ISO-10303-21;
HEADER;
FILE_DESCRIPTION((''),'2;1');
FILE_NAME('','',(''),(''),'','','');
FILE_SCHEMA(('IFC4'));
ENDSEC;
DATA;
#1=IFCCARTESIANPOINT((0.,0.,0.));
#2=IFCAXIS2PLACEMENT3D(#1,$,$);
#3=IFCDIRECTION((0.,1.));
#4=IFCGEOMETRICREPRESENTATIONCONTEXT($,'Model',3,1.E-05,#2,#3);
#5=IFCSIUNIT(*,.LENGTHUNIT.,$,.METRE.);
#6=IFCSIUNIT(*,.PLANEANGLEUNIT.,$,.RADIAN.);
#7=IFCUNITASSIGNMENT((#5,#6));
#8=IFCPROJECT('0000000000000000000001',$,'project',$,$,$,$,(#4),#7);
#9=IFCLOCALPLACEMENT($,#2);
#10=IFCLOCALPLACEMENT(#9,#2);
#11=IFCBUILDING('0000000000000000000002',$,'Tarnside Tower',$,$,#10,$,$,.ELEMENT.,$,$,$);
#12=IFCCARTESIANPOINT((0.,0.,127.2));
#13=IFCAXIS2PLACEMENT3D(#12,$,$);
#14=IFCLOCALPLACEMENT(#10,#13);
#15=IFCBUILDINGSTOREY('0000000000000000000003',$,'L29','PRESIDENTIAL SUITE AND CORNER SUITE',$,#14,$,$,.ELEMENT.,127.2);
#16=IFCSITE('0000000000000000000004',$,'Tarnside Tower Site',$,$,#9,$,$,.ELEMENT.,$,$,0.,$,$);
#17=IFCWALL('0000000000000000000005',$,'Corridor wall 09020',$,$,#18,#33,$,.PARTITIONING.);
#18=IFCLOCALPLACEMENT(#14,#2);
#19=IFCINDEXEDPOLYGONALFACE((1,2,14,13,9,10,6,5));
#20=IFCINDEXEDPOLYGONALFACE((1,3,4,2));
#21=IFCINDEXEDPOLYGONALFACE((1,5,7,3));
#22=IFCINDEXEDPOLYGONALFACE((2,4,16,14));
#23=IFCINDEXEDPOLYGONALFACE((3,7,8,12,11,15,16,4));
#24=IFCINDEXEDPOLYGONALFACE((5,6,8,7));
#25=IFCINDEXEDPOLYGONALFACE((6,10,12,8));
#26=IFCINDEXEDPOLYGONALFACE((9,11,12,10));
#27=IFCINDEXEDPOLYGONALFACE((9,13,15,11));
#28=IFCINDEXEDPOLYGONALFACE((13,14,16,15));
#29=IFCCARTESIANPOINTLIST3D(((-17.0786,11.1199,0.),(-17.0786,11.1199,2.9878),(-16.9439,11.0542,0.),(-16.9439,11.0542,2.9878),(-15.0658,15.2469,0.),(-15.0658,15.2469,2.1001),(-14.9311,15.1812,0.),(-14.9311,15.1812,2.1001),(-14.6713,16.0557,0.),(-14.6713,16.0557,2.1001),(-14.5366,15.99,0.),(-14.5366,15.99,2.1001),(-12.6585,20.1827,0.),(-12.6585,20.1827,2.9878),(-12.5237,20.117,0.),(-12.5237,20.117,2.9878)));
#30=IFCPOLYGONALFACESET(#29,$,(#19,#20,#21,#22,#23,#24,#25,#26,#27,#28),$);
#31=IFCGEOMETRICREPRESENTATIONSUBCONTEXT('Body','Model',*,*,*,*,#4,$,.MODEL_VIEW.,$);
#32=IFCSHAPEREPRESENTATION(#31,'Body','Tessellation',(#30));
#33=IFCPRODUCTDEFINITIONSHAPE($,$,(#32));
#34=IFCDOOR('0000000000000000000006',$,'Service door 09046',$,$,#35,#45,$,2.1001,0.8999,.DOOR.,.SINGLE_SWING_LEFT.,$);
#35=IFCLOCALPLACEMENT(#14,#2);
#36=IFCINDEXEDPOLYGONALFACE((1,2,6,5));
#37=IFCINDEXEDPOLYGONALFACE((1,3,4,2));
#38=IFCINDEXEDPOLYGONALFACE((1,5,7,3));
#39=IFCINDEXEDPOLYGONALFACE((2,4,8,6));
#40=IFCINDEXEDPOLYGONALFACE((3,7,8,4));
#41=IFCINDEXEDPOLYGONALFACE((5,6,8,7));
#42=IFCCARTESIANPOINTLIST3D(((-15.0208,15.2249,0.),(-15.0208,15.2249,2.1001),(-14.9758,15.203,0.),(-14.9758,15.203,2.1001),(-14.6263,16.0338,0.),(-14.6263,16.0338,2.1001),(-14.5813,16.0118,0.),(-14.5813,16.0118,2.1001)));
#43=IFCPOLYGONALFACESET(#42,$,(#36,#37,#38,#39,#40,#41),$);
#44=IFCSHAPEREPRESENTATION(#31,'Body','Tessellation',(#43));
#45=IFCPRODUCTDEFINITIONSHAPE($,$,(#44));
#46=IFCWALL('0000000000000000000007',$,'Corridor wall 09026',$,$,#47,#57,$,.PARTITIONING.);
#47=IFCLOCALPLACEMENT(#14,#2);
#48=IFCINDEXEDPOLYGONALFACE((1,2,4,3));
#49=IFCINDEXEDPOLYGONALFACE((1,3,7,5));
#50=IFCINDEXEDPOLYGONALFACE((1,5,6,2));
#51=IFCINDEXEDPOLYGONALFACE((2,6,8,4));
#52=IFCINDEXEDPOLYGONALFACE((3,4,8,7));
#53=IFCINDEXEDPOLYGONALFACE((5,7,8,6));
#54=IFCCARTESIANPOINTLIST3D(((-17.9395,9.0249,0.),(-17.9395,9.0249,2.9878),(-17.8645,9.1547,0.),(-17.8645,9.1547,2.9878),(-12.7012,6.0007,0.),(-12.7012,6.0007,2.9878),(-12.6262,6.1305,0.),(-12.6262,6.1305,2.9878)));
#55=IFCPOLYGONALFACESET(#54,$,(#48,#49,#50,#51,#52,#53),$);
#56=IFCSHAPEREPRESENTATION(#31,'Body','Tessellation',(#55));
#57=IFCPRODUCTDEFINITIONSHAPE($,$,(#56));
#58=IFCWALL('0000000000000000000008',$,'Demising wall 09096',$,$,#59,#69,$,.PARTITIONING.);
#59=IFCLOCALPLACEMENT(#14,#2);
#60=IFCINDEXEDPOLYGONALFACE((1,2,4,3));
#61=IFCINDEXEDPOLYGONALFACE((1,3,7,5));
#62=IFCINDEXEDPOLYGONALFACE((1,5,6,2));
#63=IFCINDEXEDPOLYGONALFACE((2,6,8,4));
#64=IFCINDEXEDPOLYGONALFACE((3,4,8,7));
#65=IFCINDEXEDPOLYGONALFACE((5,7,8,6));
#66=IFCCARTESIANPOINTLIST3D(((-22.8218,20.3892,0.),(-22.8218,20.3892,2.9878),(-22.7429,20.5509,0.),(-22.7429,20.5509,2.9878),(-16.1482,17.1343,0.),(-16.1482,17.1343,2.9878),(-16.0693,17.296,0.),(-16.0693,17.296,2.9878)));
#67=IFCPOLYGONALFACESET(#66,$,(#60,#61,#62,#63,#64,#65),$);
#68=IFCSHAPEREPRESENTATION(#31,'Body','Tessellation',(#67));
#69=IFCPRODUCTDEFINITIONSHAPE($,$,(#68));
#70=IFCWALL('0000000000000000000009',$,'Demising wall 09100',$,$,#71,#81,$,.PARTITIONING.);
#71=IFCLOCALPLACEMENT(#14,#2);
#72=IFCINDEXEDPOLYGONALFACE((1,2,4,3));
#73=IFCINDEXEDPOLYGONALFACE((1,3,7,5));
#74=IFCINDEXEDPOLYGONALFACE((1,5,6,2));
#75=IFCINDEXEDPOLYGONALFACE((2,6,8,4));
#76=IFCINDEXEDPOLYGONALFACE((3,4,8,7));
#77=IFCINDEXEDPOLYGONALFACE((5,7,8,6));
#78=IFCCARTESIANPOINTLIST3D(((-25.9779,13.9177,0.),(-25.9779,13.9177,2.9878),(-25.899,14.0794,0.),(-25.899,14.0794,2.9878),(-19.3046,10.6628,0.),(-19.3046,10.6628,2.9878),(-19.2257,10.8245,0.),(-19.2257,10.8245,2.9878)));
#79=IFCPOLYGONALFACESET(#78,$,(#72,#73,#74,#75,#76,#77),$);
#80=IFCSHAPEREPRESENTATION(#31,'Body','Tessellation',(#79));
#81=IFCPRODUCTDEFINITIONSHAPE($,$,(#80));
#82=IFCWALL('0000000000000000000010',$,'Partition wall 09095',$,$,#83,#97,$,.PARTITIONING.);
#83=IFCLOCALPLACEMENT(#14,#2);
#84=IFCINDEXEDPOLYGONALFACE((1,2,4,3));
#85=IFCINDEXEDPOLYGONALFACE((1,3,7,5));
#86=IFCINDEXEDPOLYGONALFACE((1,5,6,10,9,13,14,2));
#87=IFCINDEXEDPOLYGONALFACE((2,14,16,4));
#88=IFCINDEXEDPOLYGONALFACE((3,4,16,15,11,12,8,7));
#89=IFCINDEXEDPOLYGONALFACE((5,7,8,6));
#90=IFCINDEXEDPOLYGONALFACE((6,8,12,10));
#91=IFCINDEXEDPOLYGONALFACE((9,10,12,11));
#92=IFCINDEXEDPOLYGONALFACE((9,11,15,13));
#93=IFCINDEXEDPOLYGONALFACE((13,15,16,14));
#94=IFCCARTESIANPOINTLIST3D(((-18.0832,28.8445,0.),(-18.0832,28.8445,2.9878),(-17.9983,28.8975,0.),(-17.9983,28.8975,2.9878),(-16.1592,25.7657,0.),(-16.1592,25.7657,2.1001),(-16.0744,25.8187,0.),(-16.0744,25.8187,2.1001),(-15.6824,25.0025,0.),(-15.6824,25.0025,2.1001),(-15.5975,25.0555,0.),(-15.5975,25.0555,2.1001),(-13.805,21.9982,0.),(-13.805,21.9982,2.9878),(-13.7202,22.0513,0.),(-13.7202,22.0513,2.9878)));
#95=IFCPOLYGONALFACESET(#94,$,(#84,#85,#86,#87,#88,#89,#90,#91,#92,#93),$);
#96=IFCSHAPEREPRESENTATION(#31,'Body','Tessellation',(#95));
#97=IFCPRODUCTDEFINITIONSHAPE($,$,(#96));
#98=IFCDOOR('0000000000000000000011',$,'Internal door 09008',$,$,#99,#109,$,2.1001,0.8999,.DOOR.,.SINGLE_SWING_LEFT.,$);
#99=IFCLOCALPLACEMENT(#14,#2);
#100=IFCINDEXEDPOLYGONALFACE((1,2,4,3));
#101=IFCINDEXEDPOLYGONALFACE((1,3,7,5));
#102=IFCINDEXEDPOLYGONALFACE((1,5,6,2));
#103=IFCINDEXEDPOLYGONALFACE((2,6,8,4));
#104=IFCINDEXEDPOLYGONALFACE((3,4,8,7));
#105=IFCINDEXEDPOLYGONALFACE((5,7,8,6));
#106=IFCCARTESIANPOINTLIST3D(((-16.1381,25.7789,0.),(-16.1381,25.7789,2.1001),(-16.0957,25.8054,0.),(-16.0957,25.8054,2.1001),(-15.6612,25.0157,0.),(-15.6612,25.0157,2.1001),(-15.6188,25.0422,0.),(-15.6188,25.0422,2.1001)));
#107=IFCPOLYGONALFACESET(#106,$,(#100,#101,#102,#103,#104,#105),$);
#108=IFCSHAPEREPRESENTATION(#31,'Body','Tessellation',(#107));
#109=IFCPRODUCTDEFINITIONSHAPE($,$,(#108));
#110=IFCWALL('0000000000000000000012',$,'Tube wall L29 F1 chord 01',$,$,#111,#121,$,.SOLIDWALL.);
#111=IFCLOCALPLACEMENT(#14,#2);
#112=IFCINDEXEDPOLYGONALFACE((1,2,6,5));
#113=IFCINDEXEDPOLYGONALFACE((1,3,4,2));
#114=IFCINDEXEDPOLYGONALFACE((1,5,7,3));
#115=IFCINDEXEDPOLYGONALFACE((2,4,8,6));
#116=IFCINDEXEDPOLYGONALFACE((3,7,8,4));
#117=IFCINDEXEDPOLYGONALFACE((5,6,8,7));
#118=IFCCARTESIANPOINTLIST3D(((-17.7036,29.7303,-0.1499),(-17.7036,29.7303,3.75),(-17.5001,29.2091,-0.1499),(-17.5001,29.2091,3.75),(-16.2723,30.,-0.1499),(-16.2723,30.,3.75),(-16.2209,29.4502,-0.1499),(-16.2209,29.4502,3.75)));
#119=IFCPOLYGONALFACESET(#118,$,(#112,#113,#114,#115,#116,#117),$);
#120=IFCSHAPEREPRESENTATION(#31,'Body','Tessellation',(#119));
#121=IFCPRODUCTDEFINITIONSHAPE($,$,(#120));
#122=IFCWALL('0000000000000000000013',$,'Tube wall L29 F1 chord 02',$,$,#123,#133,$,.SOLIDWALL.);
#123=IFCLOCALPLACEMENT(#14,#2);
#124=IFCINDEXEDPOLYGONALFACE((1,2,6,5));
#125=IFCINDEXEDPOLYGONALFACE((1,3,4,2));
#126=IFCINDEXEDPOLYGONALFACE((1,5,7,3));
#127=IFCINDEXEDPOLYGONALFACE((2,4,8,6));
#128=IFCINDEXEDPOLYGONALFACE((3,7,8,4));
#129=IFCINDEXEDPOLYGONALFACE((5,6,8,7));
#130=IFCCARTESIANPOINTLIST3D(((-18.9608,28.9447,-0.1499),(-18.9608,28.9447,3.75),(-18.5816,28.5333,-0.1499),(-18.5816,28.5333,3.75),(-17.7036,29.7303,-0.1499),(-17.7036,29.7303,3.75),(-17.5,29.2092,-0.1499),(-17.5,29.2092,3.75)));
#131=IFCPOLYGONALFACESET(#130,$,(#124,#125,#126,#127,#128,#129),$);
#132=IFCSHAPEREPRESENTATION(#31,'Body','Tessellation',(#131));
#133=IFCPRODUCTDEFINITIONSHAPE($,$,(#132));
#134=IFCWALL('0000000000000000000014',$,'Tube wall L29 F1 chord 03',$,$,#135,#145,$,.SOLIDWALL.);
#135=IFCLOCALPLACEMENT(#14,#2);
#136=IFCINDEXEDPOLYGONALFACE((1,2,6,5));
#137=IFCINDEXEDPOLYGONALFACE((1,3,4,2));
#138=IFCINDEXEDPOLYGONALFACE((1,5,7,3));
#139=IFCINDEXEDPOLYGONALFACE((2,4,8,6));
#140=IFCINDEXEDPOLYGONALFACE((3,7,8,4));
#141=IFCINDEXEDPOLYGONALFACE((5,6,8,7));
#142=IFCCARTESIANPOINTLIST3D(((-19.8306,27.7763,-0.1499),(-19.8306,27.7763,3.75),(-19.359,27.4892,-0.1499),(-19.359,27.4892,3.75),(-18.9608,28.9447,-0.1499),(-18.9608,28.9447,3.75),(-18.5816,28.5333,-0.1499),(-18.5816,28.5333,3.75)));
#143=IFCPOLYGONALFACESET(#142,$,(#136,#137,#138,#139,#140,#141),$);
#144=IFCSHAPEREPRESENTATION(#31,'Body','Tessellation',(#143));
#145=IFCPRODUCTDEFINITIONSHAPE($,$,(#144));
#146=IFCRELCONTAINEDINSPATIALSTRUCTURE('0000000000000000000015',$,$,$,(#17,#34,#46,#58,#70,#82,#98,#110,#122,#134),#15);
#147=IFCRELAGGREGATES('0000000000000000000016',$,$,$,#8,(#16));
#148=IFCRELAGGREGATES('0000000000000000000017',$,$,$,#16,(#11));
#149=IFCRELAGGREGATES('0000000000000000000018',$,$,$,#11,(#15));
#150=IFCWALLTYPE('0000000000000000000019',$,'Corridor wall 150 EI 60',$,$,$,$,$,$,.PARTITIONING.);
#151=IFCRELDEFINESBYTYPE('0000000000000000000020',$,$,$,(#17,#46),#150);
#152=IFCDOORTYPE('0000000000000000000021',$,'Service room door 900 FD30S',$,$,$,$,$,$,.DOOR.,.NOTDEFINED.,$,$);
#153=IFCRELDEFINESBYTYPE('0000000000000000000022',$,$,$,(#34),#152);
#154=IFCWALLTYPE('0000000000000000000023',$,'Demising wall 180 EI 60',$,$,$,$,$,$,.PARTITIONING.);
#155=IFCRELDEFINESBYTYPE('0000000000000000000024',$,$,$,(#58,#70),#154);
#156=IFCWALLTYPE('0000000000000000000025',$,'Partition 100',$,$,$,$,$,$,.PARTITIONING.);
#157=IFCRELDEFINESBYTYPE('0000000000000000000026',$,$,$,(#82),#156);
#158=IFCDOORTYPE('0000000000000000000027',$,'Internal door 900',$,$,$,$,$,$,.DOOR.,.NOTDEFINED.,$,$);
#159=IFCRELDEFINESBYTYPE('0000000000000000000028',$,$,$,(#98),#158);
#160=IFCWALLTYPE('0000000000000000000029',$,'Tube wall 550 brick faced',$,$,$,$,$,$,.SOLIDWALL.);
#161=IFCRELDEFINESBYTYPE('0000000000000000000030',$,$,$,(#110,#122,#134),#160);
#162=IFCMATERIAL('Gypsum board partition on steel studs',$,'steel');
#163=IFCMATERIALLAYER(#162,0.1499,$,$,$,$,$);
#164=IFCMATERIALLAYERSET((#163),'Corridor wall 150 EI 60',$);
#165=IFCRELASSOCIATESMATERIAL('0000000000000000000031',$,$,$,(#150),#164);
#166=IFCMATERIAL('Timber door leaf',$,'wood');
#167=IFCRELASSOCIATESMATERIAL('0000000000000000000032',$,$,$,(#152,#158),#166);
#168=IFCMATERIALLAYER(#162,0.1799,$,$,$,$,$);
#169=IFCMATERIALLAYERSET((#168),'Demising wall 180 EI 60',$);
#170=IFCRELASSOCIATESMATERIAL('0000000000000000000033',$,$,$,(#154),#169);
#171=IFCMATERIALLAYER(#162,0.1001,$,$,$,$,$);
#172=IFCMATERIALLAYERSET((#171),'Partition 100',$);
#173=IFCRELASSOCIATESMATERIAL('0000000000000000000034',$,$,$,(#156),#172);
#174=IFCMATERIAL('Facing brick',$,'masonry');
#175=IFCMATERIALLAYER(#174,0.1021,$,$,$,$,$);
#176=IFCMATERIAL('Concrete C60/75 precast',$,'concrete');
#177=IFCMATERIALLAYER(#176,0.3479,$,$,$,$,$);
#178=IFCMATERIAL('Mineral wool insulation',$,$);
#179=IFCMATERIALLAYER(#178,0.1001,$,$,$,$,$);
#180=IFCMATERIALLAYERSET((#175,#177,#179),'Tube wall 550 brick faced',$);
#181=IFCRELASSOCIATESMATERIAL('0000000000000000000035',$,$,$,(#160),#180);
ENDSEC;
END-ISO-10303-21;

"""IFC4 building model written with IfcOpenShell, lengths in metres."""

from ifc_helpers import new_model, si_unit, direction, frame, frame_2d, origin, place, context, subcontext, project, spatial, polyline, rectangle, outline, extrude, material, layer, layer_set, type_object, element, fill, save


model = new_model("IFC4")

# Units and contexts
model_context = context("Model", 3, precision=1e-05, world=origin(), true_north=direction((0.0, 1.0)))
body_context = subcontext(model_context, "Body", "Model", "MODEL_VIEW")
ifc_project = project(units=[si_unit("LENGTHUNIT", "METRE"), si_unit("PLANEANGLEUNIT", "RADIAN")], contexts=[model_context])

# Site, building, storey
site_placement = place(None, origin())
site = spatial("IfcSite", under=ifc_project, at=site_placement, Name="Tarnside Tower Site", CompositionType="ELEMENT", RefElevation=0.0)
building_placement = place(site_placement, origin())
building = spatial("IfcBuilding", under=site, at=building_placement, Name="Tarnside Tower", CompositionType="ELEMENT")
storey_placement = place(building_placement, frame((0.0, 0.0, 127.2)))
storey = spatial("IfcBuildingStorey", under=building, at=storey_placement, Name="L29", Description="PRESIDENTIAL SUITE AND CORNER SUITE", CompositionType="ELEMENT", Elevation=127.2)

# Shared definitions
ifc_material_1 = material(Name="Gypsum board partition on steel studs", Category="steel")
ifc_material_2 = material(Name="Timber door leaf", Category="wood")

# Wall, opening, door
ifc_layer_1 = layer(ifc_material_1, 0.1499)
ifc_layer_set_1 = layer_set([ifc_layer_1], Name="Corridor wall 150 EI 60")
wall_type_1 = type_object("IfcWallType", Name="Corridor wall 150 EI 60", PredefinedType="PARTITIONING", material=ifc_layer_set_1)
wall_1_placement = place(storey_placement, frame((-17.0112, 11.0872, 0.0), z_axis=(0.0, 0.0, 1.0), x_axis=(0.438369, 0.898795, 0.0)))
wall_1 = element("IfcWall", 1, at=wall_1_placement, inside=storey, type_object=wall_type_1, Name="Corridor wall 09020", PredefinedType="PARTITIONING", context=body_context, shape_type="SweptSolid", body=[
    extrude(rectangle(XDim=10.0833, YDim=0.1499, at=frame_2d((5.0415, 0.0))), origin(), (0.0, 0.0, 1.0), 2.9878),
])
opening_1_placement = place(wall_1_placement, frame((4.5916, 0.0, 0.0)))
opening_1 = element("IfcOpeningElement", 2, at=opening_1_placement, cuts=wall_1, PredefinedType="OPENING", context=body_context, shape_type="SweptSolid", body=[
    extrude(rectangle(XDim=0.8999, YDim=2.1001, at=frame_2d((0.45, 1.05))), frame((0.0, 0.085, 0.0), z_axis=(0.0, -1.0, 0.0), x_axis=(1.0, 0.0, 0.0)), (0.0, 0.0, 1.0), 0.1699),
])
door_type_1 = type_object("IfcDoorType", Name="Service room door 900 FD30S", OperationType="NOTDEFINED", PredefinedType="DOOR", material=ifc_material_2)
door_1_placement = place(opening_1_placement, origin())
door_1 = element("IfcDoor", 3, at=door_1_placement, inside=storey, type_object=door_type_1, Name="Service door 09046", OperationType="SINGLE_SWING_LEFT", OverallHeight=2.1001, OverallWidth=0.8999, PredefinedType="DOOR", context=body_context, shape_type="SweptSolid", body=[
    extrude(rectangle(XDim=0.8999, YDim=2.1001, at=frame_2d((0.45, 1.05))), frame((0.0, 0.0249, 0.0), z_axis=(0.0, -1.0, 0.0), x_axis=(1.0, 0.0, 0.0)), (0.0, 0.0, 1.0), 0.05),
])
fill(opening_1, door_1)

# Walls
wall_2_placement = place(storey_placement, frame((-17.9021, 9.0898, 0.0), z_axis=(0.0, 0.0, 1.0), x_axis=(0.866036, -0.499981, 0.0)))
element("IfcWall", 4, at=wall_2_placement, inside=storey, type_object=wall_type_1, Name="Corridor wall 09026", PredefinedType="PARTITIONING", context=body_context, shape_type="SweptSolid", body=[
    extrude(rectangle(XDim=6.0486, YDim=0.1499, at=frame_2d((3.0244, 0.0))), origin(), (0.0, 0.0, 1.0), 2.9878),
])
ifc_layer_2 = layer(ifc_material_1, 0.1799)
ifc_layer_set_2 = layer_set([ifc_layer_2], Name="Demising wall 180 EI 60")
wall_type_2 = type_object("IfcWallType", Name="Demising wall 180 EI 60", PredefinedType="PARTITIONING", material=ifc_layer_set_2)
wall_3_placement = place(storey_placement, frame((-22.7822, 20.47, 0.0), z_axis=(0.0, 0.0, 1.0), x_axis=(0.898796, -0.438367, 0.0)))
element("IfcWall", 5, at=wall_3_placement, inside=storey, type_object=wall_type_2, Name="Demising wall 09096", PredefinedType="PARTITIONING", context=body_context, shape_type="SweptSolid", body=[
    extrude(rectangle(XDim=7.425, YDim=0.1799, at=frame_2d((3.7124, 0.0))), origin(), (0.0, 0.0, 1.0), 2.9878),
])
wall_4_placement = place(storey_placement, frame((-25.9385, 13.9985, 0.0), z_axis=(0.0, 0.0, 1.0), x_axis=(0.89879, -0.43838, 0.0)))
element("IfcWall", 6, at=wall_4_placement, inside=storey, type_object=wall_type_2, Name="Demising wall 09100", PredefinedType="PARTITIONING", context=body_context, shape_type="SweptSolid", body=[
    extrude(rectangle(XDim=7.4248, YDim=0.1799, at=frame_2d((3.7124, 0.0))), origin(), (0.0, 0.0, 1.0), 2.9878),
])

# Wall, opening, door
ifc_layer_3 = layer(ifc_material_1, 0.1001)
ifc_layer_set_3 = layer_set([ifc_layer_3], Name="Partition 100")
wall_type_3 = type_object("IfcWallType", Name="Partition 100", PredefinedType="PARTITIONING", material=ifc_layer_set_3)
wall_5_placement = place(storey_placement, frame((-18.0408, 28.8711, 0.0), z_axis=(0.0, 0.0, 1.0), x_axis=(0.529928, -0.848042, 0.0)))
wall_5 = element("IfcWall", 7, at=wall_5_placement, inside=storey, type_object=wall_type_3, Name="Partition wall 09095", PredefinedType="PARTITIONING", context=body_context, shape_type="SweptSolid", body=[
    extrude(rectangle(XDim=8.073, YDim=0.1001, at=frame_2d((4.0366, 0.0))), origin(), (0.0, 0.0, 1.0), 2.9878),
])
opening_2_placement = place(wall_5_placement, frame((3.6306, 0.0, 0.0)))
opening_2 = element("IfcOpeningElement", 8, at=opening_2_placement, cuts=wall_5, PredefinedType="OPENING", context=body_context, shape_type="SweptSolid", body=[
    extrude(rectangle(XDim=0.8999, YDim=2.1001, at=frame_2d((0.45, 1.05))), frame((0.0, 0.0601, 0.0), z_axis=(0.0, -1.0, 0.0), x_axis=(1.0, 0.0, 0.0)), (0.0, 0.0, 1.0), 0.1201),
])
door_type_2 = type_object("IfcDoorType", Name="Internal door 900", OperationType="NOTDEFINED", PredefinedType="DOOR", material=ifc_material_2)
door_2_placement = place(opening_2_placement, origin())
door_2 = element("IfcDoor", 9, at=door_2_placement, inside=storey, type_object=door_type_2, Name="Internal door 09008", OperationType="SINGLE_SWING_LEFT", OverallHeight=2.1001, OverallWidth=0.8999, PredefinedType="DOOR", context=body_context, shape_type="SweptSolid", body=[
    extrude(rectangle(XDim=0.8999, YDim=2.1001, at=frame_2d((0.45, 1.05))), frame((0.0, 0.0249, 0.0), z_axis=(0.0, -1.0, 0.0), x_axis=(1.0, 0.0, 0.0)), (0.0, 0.0, 1.0), 0.05),
])
fill(opening_2, door_2)

# Walls
ifc_material_3 = material(Name="Facing brick", Category="masonry")
ifc_layer_4 = layer(ifc_material_3, 0.1021)
ifc_material_4 = material(Name="Concrete C60/75 precast", Category="concrete")
ifc_layer_5 = layer(ifc_material_4, 0.3479)
ifc_material_5 = material(Name="Mineral wool insulation")
ifc_layer_6 = layer(ifc_material_5, 0.1001)
ifc_layer_set_4 = layer_set([ifc_layer_4, ifc_layer_5, ifc_layer_6], Name="Tube wall 550 brick faced")
wall_type_4 = type_object("IfcWallType", Name="Tube wall 550 brick faced", PredefinedType="SOLIDWALL", material=ifc_layer_set_4)
wall_6_placement = place(storey_placement, frame((-16.2466, 29.7251, -0.1499), z_axis=(0.0, 0.0, 1.0), x_axis=(-0.982705, -0.185176, 0.0)))
element("IfcWall", 10, at=wall_6_placement, inside=storey, type_object=wall_type_4, Name="Tube wall L29 F1 chord 01", PredefinedType="SOLIDWALL", context=body_context, shape_type="SweptSolid", body=[
    extrude(outline(polyline([(-0.0256, -0.2749), (1.4309, -0.2749), (1.3274, 0.2749), (0.0256, 0.2749), (-0.0256, -0.2749)])), origin(), (0.0, 0.0, 1.0), 3.8999),
])
wall_7_placement = place(storey_placement, frame((-17.6018, 29.4697, -0.1499), z_axis=(0.0, 0.0, 1.0), x_axis=(-0.848058, -0.529903, 0.0)))
element("IfcWall", 11, at=wall_7_placement, inside=storey, type_object=wall_type_4, Name="Tube wall L29 F1 chord 02", PredefinedType="SOLIDWALL", context=body_context, shape_type="SweptSolid", body=[
    extrude(outline(polyline([(-0.0518, -0.2749), (1.4307, -0.2749), (1.3271, 0.2749), (0.0518, 0.2749), (-0.0518, -0.2749)])), origin(), (0.0, 0.0, 1.0), 3.8999),
])
wall_8_placement = place(storey_placement, frame((-18.7712, 28.739, -0.1499), z_axis=(0.0, 0.0, 1.0), x_axis=(-0.597135, -0.802141, 0.0)))
element("IfcWall", 12, at=wall_8_placement, inside=storey, type_object=wall_type_4, Name="Tube wall L29 F1 chord 03", PredefinedType="SOLIDWALL", context=body_context, shape_type="SweptSolid", body=[
    extrude(outline(polyline([(-0.0518, -0.2749), (1.4048, -0.2749), (1.3535, 0.2749), (0.0518, 0.2749), (-0.0518, -0.2749)])), origin(), (0.0, 0.0, 1.0), 3.8999),
])

save(model, "model.ifc")
